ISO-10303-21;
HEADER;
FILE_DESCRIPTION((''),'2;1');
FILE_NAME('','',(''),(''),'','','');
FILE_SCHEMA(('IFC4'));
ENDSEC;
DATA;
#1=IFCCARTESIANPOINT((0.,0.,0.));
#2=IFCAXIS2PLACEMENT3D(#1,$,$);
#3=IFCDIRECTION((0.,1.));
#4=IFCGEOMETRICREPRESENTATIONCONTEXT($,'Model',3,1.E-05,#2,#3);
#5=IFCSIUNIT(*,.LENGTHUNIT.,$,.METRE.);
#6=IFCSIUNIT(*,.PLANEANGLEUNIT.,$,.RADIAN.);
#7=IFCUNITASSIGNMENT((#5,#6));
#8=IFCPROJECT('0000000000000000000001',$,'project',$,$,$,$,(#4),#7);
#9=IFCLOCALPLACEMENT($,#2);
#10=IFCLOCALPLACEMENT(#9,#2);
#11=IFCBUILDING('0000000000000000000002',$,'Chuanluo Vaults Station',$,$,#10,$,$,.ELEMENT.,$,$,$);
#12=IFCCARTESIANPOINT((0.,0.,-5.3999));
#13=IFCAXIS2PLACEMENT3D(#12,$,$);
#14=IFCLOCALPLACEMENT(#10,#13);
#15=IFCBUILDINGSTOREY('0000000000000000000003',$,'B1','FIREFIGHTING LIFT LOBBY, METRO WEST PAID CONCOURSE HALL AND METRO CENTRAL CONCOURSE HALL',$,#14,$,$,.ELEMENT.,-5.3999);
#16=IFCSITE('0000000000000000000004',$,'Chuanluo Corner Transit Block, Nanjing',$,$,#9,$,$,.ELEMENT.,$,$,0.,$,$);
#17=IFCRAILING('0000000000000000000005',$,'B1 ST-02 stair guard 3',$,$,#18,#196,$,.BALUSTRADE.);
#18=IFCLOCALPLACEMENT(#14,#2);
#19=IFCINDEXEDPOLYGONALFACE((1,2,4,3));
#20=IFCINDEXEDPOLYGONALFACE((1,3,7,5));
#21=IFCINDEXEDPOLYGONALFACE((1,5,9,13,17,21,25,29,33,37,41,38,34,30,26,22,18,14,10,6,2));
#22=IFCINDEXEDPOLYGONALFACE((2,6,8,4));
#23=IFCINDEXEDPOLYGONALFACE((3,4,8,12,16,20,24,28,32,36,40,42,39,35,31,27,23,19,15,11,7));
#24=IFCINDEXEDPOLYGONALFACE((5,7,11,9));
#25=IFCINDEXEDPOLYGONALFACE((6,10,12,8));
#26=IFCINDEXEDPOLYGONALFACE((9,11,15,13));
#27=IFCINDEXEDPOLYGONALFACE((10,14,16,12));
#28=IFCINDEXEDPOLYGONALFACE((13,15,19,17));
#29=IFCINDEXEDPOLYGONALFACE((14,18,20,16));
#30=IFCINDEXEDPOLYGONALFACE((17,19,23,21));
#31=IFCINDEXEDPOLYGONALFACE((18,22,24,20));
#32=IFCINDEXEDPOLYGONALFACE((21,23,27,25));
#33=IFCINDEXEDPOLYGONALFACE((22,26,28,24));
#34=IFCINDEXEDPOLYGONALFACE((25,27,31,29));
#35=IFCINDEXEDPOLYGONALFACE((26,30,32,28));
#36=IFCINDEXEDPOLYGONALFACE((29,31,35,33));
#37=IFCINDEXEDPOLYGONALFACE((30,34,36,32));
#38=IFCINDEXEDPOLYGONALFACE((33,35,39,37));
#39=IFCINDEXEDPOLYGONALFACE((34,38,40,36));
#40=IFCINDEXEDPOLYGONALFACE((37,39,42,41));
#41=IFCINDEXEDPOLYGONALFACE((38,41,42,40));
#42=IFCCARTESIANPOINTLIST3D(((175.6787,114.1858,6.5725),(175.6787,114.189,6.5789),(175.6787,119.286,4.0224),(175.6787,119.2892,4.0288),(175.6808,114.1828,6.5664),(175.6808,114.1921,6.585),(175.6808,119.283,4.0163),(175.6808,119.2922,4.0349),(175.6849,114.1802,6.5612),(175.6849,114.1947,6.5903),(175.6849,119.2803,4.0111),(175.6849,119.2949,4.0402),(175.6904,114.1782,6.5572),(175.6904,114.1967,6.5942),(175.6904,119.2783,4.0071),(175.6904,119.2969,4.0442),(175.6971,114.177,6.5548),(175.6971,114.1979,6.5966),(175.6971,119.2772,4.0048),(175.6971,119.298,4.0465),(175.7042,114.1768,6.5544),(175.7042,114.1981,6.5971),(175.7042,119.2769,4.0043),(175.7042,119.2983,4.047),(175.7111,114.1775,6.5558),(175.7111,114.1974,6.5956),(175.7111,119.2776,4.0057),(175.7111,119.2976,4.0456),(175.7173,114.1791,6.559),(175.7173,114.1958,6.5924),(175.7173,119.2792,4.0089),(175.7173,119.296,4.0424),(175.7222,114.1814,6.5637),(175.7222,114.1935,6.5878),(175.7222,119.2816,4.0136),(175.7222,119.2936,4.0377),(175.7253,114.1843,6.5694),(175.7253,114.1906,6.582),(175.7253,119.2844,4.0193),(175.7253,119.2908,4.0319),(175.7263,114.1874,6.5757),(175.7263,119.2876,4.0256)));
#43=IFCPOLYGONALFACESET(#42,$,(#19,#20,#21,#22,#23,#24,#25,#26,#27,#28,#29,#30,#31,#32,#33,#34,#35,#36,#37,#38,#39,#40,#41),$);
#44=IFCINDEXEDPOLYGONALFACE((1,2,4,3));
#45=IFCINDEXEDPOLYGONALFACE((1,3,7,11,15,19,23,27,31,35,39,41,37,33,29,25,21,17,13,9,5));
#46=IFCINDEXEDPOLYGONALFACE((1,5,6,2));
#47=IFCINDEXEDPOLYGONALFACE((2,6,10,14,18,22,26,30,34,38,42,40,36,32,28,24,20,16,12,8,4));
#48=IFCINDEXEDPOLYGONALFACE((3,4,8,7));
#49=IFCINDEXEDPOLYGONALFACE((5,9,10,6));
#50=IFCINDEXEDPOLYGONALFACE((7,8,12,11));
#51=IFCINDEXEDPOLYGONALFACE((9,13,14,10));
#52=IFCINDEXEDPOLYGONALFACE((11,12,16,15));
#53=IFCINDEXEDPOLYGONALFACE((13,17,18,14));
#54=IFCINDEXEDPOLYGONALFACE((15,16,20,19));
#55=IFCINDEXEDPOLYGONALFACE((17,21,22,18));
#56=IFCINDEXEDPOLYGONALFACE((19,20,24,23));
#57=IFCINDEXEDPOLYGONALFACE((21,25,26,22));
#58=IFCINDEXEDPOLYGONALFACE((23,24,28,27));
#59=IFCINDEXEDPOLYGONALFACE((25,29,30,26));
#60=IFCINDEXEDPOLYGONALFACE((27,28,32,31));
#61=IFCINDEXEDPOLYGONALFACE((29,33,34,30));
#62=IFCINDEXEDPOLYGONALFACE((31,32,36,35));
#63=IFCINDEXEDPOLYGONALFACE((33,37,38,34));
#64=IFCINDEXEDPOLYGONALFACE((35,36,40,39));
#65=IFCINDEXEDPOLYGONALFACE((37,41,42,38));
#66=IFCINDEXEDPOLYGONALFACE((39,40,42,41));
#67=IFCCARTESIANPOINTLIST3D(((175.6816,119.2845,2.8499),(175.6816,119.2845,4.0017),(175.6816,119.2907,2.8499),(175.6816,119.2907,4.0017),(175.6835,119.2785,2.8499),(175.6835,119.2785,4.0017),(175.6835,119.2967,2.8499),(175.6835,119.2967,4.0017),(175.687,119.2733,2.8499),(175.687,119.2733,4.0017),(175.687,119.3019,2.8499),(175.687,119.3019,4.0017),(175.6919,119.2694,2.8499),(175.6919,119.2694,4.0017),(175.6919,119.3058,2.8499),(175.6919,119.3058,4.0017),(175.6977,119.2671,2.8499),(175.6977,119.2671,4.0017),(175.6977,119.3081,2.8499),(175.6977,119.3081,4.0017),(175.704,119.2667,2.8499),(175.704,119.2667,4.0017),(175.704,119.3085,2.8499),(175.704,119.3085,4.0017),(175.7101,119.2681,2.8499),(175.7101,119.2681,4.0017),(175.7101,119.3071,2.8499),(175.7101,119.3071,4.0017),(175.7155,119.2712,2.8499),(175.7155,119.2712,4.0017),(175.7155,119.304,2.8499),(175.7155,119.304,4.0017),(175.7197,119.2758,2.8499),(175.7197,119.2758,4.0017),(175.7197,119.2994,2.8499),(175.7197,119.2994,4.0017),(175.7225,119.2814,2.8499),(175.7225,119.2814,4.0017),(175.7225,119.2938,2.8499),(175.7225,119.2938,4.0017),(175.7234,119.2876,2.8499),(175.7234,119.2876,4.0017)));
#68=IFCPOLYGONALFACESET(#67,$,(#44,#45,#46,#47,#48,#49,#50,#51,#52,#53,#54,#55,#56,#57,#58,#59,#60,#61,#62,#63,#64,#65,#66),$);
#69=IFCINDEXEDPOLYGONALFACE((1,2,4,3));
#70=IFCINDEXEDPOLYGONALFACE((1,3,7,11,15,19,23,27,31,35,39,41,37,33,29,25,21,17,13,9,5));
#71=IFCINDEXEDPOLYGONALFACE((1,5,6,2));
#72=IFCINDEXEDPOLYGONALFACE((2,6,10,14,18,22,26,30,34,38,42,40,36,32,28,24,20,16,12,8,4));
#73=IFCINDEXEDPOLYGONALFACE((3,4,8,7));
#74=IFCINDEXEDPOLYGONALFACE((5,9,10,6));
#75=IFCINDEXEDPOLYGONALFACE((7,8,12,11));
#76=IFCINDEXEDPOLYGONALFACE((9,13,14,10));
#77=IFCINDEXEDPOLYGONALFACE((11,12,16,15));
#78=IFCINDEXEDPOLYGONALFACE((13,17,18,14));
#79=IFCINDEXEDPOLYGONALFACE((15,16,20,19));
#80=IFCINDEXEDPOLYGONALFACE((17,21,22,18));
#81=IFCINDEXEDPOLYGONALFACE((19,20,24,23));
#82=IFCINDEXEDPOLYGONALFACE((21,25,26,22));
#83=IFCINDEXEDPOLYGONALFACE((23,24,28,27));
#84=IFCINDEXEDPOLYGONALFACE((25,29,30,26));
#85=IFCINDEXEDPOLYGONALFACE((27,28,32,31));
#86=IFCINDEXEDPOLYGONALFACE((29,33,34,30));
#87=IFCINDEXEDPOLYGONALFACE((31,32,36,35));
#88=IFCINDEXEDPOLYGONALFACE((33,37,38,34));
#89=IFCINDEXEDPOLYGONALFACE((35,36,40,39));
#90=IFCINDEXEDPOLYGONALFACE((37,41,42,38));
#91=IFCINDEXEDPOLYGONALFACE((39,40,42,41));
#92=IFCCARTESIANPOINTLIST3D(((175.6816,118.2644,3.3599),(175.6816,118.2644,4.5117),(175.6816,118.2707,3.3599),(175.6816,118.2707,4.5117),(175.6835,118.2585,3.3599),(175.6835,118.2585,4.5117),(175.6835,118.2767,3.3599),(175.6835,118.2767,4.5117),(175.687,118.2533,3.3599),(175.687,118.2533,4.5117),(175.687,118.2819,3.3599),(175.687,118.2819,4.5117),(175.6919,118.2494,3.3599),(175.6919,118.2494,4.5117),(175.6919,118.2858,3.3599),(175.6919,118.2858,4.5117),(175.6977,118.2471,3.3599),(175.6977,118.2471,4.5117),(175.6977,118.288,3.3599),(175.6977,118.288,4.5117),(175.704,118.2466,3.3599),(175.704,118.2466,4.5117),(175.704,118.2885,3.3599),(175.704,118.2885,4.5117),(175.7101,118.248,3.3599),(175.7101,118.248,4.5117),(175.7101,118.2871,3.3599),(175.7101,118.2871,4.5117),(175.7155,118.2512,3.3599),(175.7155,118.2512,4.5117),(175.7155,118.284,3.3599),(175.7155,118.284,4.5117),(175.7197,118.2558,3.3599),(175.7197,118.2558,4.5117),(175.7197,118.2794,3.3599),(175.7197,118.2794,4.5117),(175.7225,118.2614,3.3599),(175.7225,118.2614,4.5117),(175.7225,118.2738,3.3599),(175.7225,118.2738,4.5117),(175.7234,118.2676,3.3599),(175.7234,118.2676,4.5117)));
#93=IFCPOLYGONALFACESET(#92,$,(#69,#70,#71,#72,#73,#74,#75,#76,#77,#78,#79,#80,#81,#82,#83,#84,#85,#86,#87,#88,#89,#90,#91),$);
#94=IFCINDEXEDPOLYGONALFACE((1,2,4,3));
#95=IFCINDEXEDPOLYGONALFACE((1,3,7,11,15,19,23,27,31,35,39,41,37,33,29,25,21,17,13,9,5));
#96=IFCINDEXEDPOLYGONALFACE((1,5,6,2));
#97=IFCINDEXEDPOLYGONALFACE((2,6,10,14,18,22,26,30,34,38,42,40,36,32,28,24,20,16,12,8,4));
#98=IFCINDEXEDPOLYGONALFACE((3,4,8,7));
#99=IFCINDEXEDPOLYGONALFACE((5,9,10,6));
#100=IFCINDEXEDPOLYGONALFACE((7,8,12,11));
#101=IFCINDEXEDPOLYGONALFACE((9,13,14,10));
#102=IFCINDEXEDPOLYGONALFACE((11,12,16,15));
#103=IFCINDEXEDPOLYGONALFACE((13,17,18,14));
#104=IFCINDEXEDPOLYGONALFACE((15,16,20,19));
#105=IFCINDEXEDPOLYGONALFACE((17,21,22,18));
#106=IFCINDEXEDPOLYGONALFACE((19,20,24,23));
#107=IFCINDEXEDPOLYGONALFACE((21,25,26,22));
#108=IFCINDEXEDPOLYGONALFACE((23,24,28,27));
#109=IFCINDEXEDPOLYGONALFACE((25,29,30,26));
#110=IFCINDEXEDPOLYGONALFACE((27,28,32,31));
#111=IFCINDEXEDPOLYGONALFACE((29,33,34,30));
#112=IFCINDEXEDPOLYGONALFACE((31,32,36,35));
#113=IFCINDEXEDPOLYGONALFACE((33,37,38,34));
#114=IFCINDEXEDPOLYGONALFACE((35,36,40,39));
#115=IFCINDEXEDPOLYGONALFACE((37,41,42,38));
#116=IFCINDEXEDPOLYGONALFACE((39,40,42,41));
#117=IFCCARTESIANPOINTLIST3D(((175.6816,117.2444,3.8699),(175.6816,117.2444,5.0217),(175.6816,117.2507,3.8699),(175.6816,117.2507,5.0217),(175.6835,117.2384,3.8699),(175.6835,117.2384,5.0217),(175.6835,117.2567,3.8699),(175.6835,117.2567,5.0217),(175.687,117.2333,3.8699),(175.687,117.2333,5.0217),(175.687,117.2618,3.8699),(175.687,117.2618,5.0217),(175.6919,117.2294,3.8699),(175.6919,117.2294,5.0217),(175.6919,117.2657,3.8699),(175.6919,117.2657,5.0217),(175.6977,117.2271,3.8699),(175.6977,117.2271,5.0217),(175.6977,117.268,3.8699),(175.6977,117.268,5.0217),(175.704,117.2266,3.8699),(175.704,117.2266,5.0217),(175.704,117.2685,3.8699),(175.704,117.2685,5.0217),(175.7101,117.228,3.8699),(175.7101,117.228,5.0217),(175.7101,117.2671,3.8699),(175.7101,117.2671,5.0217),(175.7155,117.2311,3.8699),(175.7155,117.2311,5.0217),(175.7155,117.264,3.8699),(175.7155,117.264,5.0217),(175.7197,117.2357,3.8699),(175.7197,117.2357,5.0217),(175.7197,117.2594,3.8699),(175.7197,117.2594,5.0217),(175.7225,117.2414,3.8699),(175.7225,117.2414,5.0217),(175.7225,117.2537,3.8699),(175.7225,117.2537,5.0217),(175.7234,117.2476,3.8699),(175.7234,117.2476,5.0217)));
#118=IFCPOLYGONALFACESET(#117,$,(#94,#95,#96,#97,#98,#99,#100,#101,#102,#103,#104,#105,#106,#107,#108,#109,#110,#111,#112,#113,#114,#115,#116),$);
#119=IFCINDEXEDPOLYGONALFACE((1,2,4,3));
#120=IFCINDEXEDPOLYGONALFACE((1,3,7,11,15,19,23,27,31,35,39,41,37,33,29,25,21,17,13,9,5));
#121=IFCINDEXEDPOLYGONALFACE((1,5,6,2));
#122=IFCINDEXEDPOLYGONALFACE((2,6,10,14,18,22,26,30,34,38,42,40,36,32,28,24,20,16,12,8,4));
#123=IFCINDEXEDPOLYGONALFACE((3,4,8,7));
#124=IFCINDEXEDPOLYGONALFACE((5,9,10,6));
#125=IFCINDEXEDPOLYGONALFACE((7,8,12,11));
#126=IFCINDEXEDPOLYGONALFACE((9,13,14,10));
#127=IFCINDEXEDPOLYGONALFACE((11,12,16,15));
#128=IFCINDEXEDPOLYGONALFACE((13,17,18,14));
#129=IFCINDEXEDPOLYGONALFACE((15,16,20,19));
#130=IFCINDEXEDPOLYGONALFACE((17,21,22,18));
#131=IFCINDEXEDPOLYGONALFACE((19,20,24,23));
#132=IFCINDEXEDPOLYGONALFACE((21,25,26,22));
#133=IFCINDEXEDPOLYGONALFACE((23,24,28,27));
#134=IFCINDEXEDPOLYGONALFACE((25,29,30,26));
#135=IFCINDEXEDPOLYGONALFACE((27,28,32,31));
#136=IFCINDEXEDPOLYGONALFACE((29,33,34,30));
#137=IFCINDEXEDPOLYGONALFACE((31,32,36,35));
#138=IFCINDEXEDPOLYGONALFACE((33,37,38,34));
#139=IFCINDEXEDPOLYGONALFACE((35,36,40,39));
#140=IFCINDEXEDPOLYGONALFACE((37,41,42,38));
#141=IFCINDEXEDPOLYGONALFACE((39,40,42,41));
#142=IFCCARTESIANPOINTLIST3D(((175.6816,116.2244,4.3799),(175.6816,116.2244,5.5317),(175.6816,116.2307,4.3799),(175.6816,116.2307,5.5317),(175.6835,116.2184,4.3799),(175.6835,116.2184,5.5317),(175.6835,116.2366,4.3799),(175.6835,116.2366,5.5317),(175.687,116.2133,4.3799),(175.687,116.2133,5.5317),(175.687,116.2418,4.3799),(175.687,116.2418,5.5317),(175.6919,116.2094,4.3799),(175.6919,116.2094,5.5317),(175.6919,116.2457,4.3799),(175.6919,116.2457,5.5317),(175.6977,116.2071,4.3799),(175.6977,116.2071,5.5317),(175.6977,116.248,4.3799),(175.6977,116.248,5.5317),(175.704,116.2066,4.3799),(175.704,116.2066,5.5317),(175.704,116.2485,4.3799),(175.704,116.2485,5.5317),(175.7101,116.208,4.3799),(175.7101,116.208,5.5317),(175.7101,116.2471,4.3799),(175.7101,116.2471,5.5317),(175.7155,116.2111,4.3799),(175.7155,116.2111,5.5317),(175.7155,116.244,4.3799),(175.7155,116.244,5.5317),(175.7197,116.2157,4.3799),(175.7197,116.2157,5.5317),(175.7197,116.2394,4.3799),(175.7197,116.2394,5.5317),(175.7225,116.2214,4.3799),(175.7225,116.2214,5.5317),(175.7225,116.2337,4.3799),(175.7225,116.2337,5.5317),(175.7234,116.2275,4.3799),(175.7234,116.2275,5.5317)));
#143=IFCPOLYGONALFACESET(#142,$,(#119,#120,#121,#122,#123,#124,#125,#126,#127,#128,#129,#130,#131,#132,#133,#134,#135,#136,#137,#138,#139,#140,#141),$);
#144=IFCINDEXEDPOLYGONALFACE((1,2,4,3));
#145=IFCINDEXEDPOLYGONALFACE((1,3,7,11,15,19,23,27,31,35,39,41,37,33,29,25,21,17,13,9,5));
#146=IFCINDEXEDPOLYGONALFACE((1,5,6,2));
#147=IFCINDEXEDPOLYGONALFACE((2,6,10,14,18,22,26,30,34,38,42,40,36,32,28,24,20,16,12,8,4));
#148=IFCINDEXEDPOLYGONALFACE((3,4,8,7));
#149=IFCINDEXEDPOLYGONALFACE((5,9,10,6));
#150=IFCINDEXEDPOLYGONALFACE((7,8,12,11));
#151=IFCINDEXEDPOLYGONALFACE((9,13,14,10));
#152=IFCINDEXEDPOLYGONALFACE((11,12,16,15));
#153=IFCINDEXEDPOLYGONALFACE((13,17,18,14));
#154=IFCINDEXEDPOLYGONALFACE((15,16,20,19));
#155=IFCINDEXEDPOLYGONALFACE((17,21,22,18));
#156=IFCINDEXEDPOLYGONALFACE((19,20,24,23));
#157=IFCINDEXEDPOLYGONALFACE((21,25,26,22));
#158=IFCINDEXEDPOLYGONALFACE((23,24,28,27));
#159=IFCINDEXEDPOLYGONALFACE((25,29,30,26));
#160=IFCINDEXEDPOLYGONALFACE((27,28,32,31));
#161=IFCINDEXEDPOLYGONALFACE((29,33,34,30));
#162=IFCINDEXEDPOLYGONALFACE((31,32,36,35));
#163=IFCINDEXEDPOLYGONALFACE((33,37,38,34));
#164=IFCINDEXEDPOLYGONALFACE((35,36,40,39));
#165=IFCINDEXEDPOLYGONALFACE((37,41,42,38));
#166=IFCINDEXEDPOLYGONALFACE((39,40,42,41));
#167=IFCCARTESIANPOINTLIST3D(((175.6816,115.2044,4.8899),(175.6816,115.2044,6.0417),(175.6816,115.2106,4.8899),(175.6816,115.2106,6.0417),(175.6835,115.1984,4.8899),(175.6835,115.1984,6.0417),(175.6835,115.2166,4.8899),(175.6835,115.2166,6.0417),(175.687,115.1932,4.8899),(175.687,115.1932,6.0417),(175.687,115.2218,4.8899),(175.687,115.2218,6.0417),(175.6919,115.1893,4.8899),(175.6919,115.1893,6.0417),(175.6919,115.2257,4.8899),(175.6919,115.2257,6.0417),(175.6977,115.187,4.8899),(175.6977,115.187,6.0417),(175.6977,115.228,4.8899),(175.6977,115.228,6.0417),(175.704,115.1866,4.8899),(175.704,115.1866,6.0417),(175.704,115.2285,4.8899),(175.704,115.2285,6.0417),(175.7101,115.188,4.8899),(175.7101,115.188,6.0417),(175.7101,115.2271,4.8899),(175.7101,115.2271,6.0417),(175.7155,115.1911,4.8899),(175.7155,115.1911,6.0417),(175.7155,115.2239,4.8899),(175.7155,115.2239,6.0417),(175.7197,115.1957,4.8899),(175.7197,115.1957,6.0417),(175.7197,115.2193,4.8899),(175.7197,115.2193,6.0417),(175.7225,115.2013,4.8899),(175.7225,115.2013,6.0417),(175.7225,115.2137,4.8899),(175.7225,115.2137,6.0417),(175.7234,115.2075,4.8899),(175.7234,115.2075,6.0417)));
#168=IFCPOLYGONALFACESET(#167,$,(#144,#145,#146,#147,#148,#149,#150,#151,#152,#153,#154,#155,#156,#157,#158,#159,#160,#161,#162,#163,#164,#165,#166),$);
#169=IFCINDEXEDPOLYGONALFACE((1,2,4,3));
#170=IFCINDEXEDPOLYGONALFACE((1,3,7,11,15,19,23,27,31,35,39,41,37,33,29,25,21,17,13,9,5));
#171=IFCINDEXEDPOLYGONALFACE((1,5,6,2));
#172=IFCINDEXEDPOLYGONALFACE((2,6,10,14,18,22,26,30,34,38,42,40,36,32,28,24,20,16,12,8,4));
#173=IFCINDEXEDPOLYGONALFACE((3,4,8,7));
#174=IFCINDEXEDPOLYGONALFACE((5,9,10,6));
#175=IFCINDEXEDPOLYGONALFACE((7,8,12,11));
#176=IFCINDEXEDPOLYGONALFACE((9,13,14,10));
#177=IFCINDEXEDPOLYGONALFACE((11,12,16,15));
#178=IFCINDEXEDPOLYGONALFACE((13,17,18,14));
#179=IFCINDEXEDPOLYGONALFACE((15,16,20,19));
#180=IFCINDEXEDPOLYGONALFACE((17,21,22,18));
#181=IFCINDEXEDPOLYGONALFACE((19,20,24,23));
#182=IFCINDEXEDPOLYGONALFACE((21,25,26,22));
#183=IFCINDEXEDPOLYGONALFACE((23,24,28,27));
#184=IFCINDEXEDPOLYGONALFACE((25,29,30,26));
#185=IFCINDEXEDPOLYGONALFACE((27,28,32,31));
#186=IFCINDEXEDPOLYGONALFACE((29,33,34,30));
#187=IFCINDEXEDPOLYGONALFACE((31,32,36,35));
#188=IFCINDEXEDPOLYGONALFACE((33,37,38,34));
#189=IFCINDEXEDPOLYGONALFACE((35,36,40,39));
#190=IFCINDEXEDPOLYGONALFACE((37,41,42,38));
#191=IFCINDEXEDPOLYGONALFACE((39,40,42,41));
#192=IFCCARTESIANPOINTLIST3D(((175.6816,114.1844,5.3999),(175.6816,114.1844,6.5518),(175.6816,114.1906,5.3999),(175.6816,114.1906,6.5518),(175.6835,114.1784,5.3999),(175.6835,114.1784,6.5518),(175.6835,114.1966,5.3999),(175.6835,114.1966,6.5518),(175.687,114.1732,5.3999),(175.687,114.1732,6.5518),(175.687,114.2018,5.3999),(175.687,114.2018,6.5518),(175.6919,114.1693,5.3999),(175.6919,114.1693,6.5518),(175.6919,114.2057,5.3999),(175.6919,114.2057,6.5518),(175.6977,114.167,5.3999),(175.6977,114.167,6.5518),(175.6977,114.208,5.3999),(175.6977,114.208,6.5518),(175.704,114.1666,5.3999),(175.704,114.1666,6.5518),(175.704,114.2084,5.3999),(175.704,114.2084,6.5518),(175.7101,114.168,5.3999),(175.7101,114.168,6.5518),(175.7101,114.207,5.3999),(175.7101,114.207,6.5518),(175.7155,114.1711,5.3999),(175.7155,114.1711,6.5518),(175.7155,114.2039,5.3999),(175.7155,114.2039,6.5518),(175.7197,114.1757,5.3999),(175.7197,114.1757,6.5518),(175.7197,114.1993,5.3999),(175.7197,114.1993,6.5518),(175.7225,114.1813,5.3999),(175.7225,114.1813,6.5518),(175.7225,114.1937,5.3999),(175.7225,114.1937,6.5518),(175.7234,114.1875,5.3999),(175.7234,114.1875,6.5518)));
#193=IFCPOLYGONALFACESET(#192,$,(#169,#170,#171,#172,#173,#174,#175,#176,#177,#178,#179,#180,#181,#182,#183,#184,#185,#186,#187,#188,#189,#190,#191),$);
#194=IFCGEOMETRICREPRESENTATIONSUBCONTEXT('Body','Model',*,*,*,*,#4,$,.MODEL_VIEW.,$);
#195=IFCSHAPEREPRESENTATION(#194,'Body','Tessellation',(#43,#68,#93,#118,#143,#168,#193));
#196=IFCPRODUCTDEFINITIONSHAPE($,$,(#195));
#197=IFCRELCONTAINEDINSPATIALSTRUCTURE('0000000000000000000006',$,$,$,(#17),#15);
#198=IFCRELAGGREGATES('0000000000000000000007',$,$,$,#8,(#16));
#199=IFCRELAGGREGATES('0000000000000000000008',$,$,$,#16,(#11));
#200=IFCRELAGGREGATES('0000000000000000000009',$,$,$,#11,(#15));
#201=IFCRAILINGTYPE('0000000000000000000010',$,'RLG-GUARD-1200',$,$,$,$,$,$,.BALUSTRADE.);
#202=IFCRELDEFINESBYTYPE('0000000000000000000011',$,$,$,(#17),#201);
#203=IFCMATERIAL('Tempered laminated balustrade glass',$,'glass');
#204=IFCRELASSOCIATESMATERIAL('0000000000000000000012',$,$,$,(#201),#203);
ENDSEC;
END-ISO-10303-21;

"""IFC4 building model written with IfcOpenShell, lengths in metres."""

from ifc_helpers import new_model, si_unit, direction, frame, origin, origin_2d, place, context, subcontext, project, spatial, circle, extrude, material, type_object, element, save


model = new_model("IFC4")

# Units and contexts
model_context = context("Model", 3, precision=1e-05, world=origin(), true_north=direction((0.0, 1.0)))
body_context = subcontext(model_context, "Body", "Model", "MODEL_VIEW")
ifc_project = project(units=[si_unit("LENGTHUNIT", "METRE"), si_unit("PLANEANGLEUNIT", "RADIAN")], contexts=[model_context])

# Site, building, storey
site_placement = place(None, origin())
site = spatial("IfcSite", under=ifc_project, at=site_placement, Name="Chuanluo Corner Transit Block, Nanjing", CompositionType="ELEMENT", RefElevation=0.0)
building_placement = place(site_placement, origin())
building = spatial("IfcBuilding", under=site, at=building_placement, Name="Chuanluo Vaults Station", CompositionType="ELEMENT")
storey_placement = place(building_placement, frame((0.0, 0.0, -5.3999)))
storey = spatial("IfcBuildingStorey", under=building, at=storey_placement, Name="B1", Description="FIREFIGHTING LIFT LOBBY, METRO WEST PAID CONCOURSE HALL AND METRO CENTRAL CONCOURSE HALL", CompositionType="ELEMENT", Elevation=-5.3999)

# Railing
ifc_material_1 = material(Name="Tempered laminated balustrade glass", Category="glass")
railing_type_1 = type_object("IfcRailingType", Name="RLG-GUARD-1200", PredefinedType="BALUSTRADE", material=ifc_material_1)
railing_1_placement = place(storey_placement, frame((175.7024, 119.2876, 2.8499)))
element("IfcRailing", 1, at=railing_1_placement, inside=storey, type_object=railing_type_1, Name="B1 ST-02 stair guard 3", PredefinedType="BALUSTRADE", context=body_context, shape_type="SweptSolid", body=[
    extrude(circle(Radius=0.0239, at=origin_2d()), frame((0.0, 0.0, 1.1758), z_axis=(0.0, -0.894427, 0.447214), x_axis=(1.0, 0.0, 0.0)), (0.0, 0.0, 1.0), 5.7021),
    extrude(circle(Radius=0.021, at=origin_2d()), origin(), (0.0, 0.0, 1.0), 1.1519),
    extrude(circle(Radius=0.021, at=origin_2d()), frame((0.0, -1.02, 0.51)), (0.0, 0.0, 1.0), 1.1519),
    extrude(circle(Radius=0.021, at=origin_2d()), frame((0.0, -2.04, 1.02)), (0.0, 0.0, 1.0), 1.1519),
    extrude(circle(Radius=0.021, at=origin_2d()), frame((0.0, -3.0601, 1.53)), (0.0, 0.0, 1.0), 1.1519),
    extrude(circle(Radius=0.021, at=origin_2d()), frame((0.0, -4.0801, 2.04)), (0.0, 0.0, 1.0), 1.1519),
    extrude(circle(Radius=0.021, at=origin_2d()), frame((0.0, -5.1001, 2.55)), (0.0, 0.0, 1.0), 1.1519),
])

save(model, "model.ifc")
